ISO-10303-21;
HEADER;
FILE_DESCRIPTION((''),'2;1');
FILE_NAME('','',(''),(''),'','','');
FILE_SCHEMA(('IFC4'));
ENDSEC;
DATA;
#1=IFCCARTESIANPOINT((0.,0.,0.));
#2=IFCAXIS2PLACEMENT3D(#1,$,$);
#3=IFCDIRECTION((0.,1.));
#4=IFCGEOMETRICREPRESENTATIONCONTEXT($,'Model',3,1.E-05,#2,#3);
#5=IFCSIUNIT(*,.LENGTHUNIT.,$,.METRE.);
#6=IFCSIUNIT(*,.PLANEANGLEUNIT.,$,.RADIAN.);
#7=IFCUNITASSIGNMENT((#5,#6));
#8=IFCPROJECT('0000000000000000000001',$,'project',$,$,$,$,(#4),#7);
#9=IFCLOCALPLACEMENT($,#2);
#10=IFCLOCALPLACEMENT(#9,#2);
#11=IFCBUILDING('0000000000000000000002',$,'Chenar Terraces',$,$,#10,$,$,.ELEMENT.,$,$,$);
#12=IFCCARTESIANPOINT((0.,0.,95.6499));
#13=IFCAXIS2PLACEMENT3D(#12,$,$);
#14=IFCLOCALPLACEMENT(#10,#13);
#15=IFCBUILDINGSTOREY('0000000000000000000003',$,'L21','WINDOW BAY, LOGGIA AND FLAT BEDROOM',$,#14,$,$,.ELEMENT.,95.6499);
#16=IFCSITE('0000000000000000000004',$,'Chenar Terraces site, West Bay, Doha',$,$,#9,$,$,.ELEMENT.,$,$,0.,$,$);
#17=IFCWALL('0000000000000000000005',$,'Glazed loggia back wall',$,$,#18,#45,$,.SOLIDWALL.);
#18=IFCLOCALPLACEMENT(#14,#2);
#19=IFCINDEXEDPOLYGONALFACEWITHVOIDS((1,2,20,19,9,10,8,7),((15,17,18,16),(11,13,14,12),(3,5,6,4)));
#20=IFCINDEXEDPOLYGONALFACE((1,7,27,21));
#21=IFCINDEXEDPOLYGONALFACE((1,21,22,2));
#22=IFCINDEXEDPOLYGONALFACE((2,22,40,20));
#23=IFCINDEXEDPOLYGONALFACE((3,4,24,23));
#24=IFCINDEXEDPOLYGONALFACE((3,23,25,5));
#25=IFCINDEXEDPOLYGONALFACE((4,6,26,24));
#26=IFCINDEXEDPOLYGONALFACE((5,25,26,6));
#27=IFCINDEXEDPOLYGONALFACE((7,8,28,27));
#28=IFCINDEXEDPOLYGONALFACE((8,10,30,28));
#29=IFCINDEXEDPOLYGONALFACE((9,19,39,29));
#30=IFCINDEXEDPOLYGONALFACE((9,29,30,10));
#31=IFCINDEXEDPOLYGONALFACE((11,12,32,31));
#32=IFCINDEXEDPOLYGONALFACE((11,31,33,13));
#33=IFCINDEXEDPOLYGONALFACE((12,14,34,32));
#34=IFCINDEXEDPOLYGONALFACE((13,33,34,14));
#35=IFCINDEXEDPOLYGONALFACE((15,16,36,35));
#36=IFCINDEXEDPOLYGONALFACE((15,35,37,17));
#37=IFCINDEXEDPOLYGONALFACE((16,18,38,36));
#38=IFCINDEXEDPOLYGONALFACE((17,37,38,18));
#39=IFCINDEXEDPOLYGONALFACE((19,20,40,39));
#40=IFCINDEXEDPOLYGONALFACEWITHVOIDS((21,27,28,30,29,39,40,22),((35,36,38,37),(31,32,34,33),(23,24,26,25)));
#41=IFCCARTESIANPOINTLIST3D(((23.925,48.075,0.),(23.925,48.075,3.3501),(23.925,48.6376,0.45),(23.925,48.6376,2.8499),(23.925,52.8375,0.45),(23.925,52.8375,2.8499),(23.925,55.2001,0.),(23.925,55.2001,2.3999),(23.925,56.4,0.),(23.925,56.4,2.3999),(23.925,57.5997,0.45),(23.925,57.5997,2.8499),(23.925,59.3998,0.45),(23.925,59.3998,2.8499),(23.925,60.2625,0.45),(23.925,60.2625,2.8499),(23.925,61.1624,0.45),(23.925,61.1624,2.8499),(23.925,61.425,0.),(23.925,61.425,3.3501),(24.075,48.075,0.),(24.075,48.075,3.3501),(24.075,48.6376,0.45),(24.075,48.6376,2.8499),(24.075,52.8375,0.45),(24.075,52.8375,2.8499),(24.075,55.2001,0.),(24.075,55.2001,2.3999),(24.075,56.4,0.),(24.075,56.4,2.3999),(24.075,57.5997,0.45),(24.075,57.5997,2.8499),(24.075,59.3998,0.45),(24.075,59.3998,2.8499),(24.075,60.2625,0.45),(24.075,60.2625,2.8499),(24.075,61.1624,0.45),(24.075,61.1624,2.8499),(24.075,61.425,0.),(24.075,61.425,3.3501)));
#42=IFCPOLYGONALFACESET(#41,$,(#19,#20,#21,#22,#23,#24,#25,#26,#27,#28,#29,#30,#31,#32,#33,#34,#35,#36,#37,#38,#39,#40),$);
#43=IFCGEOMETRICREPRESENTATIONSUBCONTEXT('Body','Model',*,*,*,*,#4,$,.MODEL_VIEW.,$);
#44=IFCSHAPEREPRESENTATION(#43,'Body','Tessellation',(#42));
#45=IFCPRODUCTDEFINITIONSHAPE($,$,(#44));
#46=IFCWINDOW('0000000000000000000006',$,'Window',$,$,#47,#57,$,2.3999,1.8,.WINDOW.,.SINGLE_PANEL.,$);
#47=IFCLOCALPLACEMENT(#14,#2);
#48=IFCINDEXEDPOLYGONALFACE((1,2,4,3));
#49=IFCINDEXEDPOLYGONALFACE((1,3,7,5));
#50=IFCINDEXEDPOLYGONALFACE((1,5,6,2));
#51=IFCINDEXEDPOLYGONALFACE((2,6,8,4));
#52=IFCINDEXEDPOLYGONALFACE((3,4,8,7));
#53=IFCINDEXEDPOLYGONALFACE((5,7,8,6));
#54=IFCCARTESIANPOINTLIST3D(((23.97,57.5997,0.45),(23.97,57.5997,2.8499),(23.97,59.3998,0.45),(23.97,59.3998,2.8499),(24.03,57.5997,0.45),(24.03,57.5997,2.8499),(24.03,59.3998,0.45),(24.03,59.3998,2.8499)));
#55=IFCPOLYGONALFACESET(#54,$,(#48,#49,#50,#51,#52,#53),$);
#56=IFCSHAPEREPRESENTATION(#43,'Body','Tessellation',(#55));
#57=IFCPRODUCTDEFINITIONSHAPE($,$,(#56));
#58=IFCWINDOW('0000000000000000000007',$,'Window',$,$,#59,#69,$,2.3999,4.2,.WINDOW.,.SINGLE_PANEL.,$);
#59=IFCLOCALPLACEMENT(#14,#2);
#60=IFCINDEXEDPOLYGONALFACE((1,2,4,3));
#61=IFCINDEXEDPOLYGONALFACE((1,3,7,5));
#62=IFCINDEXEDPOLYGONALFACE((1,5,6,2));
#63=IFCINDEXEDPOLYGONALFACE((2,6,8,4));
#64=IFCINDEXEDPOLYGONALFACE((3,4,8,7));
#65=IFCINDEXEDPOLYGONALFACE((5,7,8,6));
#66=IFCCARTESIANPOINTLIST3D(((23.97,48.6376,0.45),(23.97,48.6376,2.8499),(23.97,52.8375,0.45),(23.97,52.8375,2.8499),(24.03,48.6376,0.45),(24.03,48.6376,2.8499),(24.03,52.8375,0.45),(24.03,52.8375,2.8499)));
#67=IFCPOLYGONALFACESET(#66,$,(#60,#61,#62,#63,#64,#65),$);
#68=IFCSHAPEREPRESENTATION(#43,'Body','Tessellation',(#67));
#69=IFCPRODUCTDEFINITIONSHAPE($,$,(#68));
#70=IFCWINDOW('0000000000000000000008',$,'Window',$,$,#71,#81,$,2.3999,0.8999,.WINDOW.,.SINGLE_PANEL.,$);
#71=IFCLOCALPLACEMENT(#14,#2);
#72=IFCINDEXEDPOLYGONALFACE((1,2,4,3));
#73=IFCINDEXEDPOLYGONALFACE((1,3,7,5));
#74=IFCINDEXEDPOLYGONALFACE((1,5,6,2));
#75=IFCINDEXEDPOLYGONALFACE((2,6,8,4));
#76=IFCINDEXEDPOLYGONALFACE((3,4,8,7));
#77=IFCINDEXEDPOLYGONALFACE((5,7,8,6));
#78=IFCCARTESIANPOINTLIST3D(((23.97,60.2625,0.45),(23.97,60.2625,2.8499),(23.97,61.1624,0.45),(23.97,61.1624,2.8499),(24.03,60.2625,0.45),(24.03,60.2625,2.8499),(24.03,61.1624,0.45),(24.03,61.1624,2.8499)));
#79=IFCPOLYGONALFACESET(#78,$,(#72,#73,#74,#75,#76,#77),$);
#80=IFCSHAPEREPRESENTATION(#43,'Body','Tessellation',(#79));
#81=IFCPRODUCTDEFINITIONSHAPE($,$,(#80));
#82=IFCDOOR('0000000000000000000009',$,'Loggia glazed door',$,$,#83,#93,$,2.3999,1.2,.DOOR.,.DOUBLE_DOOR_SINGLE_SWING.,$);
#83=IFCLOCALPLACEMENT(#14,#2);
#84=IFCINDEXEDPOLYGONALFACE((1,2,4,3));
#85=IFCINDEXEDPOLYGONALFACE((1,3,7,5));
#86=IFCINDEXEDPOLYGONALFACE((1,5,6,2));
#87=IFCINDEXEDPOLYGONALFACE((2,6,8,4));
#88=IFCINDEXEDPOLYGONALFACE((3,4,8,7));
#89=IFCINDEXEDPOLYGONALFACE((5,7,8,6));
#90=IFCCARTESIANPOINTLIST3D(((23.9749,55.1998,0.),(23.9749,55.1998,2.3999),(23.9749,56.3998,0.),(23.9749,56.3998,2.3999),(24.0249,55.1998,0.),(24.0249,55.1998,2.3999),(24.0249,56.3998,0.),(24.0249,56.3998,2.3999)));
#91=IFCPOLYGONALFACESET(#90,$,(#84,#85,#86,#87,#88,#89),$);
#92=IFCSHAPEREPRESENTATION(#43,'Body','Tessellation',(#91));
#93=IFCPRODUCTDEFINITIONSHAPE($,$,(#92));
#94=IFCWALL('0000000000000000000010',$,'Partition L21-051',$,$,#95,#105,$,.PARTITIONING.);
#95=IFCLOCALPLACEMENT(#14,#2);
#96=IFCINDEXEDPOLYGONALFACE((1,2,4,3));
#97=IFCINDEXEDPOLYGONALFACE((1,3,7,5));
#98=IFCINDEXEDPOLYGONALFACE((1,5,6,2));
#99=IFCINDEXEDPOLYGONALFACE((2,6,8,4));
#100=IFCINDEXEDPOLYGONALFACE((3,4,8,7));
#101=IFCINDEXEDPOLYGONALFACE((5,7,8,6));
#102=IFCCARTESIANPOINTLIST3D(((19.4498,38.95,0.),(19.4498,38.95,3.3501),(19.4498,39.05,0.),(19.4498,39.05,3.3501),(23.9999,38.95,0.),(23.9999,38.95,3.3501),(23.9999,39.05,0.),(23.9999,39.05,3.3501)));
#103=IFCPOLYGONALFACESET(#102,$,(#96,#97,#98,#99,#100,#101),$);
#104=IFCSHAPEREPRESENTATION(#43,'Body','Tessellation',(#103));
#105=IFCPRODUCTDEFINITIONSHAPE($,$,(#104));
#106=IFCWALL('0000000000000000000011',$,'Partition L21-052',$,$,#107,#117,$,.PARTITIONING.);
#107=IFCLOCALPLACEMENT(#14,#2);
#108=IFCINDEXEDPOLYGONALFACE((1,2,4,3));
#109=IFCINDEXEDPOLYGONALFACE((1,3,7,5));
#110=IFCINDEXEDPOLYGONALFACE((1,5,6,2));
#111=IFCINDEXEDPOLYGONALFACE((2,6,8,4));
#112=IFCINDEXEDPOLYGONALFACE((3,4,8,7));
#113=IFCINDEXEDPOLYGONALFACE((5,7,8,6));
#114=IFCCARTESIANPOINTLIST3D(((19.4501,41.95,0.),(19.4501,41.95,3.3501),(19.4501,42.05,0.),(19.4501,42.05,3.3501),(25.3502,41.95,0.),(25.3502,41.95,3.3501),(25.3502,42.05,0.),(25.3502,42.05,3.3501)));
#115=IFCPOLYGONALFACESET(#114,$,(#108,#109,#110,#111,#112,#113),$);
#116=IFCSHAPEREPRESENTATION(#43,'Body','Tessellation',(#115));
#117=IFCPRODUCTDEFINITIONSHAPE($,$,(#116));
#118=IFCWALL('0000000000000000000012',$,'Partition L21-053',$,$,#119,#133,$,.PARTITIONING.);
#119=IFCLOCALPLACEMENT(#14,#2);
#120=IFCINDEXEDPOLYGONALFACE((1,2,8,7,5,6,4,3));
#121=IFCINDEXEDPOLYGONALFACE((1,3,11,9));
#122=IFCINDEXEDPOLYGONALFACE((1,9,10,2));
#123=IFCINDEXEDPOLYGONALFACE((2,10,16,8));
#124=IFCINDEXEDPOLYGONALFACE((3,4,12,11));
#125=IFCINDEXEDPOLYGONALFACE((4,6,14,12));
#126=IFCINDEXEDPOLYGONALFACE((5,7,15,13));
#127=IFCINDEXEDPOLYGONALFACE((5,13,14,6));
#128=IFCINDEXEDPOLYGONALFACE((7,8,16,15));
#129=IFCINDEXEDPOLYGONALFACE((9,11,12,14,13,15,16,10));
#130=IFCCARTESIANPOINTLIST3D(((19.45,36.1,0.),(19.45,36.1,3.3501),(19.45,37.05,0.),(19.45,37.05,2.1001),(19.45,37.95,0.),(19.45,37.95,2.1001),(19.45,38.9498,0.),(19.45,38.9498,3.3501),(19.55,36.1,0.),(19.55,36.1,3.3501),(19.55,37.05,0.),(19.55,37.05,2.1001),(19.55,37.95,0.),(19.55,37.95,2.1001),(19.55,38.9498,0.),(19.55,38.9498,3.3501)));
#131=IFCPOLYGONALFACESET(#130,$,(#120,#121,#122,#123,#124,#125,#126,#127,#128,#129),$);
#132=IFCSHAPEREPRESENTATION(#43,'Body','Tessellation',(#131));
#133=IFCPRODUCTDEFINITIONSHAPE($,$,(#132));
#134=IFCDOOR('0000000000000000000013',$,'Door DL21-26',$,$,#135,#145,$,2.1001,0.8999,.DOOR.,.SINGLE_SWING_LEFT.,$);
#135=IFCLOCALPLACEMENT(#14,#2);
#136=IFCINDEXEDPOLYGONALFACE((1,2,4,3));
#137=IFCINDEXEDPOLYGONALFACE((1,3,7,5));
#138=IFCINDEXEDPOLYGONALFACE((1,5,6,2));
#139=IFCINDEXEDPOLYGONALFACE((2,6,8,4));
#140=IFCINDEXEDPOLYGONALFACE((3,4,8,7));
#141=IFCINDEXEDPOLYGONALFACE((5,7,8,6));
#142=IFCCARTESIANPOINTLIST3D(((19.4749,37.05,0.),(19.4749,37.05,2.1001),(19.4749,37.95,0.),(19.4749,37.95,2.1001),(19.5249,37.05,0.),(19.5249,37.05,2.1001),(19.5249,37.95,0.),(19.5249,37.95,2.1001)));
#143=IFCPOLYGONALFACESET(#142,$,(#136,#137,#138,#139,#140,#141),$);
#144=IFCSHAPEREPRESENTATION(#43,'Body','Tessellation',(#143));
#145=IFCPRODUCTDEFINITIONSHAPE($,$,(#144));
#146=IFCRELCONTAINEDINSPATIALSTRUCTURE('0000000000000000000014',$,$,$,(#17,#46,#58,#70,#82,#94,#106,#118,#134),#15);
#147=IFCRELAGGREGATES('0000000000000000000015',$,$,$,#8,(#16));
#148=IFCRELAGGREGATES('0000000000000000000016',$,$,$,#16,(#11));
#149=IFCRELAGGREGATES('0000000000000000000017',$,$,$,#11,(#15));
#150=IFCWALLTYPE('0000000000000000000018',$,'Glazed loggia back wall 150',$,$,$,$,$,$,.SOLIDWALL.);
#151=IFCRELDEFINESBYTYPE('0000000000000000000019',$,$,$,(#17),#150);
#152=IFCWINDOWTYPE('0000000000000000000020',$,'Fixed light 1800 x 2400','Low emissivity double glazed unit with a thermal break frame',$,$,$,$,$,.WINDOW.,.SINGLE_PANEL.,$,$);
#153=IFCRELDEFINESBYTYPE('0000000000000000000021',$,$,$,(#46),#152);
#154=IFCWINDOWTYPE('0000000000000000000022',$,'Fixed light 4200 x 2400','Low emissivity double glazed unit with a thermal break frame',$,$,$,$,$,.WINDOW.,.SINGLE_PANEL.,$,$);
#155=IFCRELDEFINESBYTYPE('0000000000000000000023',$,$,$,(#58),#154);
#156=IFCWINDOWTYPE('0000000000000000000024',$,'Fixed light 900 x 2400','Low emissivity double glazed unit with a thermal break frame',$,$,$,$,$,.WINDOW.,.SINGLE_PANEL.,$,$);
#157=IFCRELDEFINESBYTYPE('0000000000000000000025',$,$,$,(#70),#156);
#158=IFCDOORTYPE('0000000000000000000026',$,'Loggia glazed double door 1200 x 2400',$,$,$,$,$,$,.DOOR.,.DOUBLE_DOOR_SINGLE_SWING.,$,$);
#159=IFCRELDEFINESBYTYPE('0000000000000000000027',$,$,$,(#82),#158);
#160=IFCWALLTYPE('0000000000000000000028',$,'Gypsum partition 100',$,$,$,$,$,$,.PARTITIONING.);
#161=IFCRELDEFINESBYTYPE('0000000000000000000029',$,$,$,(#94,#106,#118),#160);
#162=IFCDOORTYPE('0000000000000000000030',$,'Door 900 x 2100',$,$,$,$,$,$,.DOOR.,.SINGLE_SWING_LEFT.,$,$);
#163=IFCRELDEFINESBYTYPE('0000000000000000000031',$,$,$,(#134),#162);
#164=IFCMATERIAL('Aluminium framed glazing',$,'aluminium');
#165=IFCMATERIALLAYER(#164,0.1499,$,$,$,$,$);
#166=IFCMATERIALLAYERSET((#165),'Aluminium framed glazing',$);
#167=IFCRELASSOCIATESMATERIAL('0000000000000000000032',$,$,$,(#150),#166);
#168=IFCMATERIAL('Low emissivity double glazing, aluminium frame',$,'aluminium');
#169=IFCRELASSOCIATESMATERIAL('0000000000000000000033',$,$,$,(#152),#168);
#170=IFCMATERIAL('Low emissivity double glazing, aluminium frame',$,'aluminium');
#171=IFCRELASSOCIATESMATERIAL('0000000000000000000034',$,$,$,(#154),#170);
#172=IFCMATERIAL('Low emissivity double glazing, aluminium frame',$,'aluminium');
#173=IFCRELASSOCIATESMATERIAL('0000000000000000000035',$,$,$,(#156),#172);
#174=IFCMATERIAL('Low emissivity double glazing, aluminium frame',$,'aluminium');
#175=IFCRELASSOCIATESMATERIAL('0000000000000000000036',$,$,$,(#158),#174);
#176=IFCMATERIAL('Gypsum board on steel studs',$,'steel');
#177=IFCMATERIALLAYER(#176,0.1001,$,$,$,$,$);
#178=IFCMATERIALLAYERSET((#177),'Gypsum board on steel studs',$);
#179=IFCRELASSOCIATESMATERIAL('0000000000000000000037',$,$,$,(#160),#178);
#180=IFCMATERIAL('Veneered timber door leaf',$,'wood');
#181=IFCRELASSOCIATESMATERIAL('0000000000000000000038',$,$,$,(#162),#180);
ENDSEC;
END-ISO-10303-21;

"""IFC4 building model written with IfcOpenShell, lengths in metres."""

from ifc_helpers import new_model, si_unit, direction, frame, frame_2d, origin, place, context, subcontext, project, spatial, rectangle, extrude, material, layer, layer_set, type_object, element, fill, save


model = new_model("IFC4")

# Units and contexts
model_context = context("Model", 3, precision=1e-05, world=origin(), true_north=direction((0.0, 1.0)))
body_context = subcontext(model_context, "Body", "Model", "MODEL_VIEW")
ifc_project = project(units=[si_unit("LENGTHUNIT", "METRE"), si_unit("PLANEANGLEUNIT", "RADIAN")], contexts=[model_context])

# Site, building, storey
site_placement = place(None, origin())
site = spatial("IfcSite", under=ifc_project, at=site_placement, Name="Chenar Terraces site, West Bay, Doha", CompositionType="ELEMENT", RefElevation=0.0)
building_placement = place(site_placement, origin())
building = spatial("IfcBuilding", under=site, at=building_placement, Name="Chenar Terraces", CompositionType="ELEMENT")
storey_placement = place(building_placement, frame((0.0, 0.0, 95.6499)))
storey = spatial("IfcBuildingStorey", under=building, at=storey_placement, Name="L21", Description="WINDOW BAY, LOGGIA AND FLAT BEDROOM", CompositionType="ELEMENT", Elevation=95.6499)

# Wall, openings, windows, door
ifc_material_1 = material(Name="Aluminium framed glazing", Category="aluminium")
ifc_layer_1 = layer(ifc_material_1, 0.1499)
ifc_layer_set_1 = layer_set([ifc_layer_1], Name="Aluminium framed glazing")
wall_type_1 = type_object("IfcWallType", Name="Glazed loggia back wall 150", PredefinedType="SOLIDWALL", material=ifc_layer_set_1)
wall_1_placement = place(storey_placement, frame((24.0, 48.075, 0.0), z_axis=(0.0, 0.0, 1.0), x_axis=(0.0, 1.0, 0.0)))
wall_1 = element("IfcWall", 1, at=wall_1_placement, inside=storey, type_object=wall_type_1, Name="Glazed loggia back wall", PredefinedType="SOLIDWALL", context=body_context, shape_type="SweptSolid", body=[
    extrude(rectangle(XDim=13.3501, YDim=0.1499, at=frame_2d((6.675, 0.0))), origin(), (0.0, 0.0, 1.0), 3.3501),
])
opening_1_placement = place(wall_1_placement, frame((0.5625, 0.0, 0.45)))
opening_1 = element("IfcOpeningElement", 2, at=opening_1_placement, cuts=wall_1, PredefinedType="OPENING", context=body_context, shape_type="SweptSolid", body=[
    extrude(rectangle(XDim=4.2, YDim=2.3999, at=frame_2d((2.1001, 1.2))), frame((0.0, 0.085, 0.0), z_axis=(0.0, -1.0, 0.0), x_axis=(1.0, 0.0, 0.0)), (0.0, 0.0, 1.0), 0.1699),
])
opening_2_placement = place(wall_1_placement, frame((7.125, 0.0, 0.0)))
opening_2 = element("IfcOpeningElement", 3, at=opening_2_placement, cuts=wall_1, PredefinedType="OPENING", context=body_context, shape_type="SweptSolid", body=[
    extrude(rectangle(XDim=1.2, YDim=2.3999, at=frame_2d((0.6001, 1.2))), frame((0.0, 0.085, 0.0), z_axis=(0.0, -1.0, 0.0), x_axis=(1.0, 0.0, 0.0)), (0.0, 0.0, 1.0), 0.1699),
])
opening_3_placement = place(wall_1_placement, frame((9.5249, 0.0, 0.45)))
opening_3 = element("IfcOpeningElement", 4, at=opening_3_placement, cuts=wall_1, PredefinedType="OPENING", context=body_context, shape_type="SweptSolid", body=[
    extrude(rectangle(XDim=1.8, YDim=2.3999, at=frame_2d((0.8999, 1.2))), frame((0.0, 0.085, 0.0), z_axis=(0.0, -1.0, 0.0), x_axis=(1.0, 0.0, 0.0)), (0.0, 0.0, 1.0), 0.1699),
])
opening_4_placement = place(wall_1_placement, frame((12.1875, 0.0, 0.45)))
opening_4 = element("IfcOpeningElement", 5, at=opening_4_placement, cuts=wall_1, PredefinedType="OPENING", context=body_context, shape_type="SweptSolid", body=[
    extrude(rectangle(XDim=0.8999, YDim=2.3999, at=frame_2d((0.45, 1.2))), frame((0.0, 0.085, 0.0), z_axis=(0.0, -1.0, 0.0), x_axis=(1.0, 0.0, 0.0)), (0.0, 0.0, 1.0), 0.1699),
])
ifc_material_2 = material(Name="Low emissivity double glazing, aluminium frame", Category="aluminium")
window_type_1 = type_object("IfcWindowType", Name="Fixed light 1800 x 2400", Description="Low emissivity double glazed unit with a thermal break frame", PartitioningType="SINGLE_PANEL", PredefinedType="WINDOW", material=ifc_material_2)
window_1_placement = place(opening_3_placement, origin())
window_1 = element("IfcWindow", 6, at=window_1_placement, inside=storey, type_object=window_type_1, Name="Window", OverallHeight=2.3999, OverallWidth=1.8, PartitioningType="SINGLE_PANEL", PredefinedType="WINDOW", context=body_context, shape_type="SweptSolid", body=[
    extrude(rectangle(XDim=1.8, YDim=2.3999, at=frame_2d((0.8999, 1.2))), frame((0.0, 0.03, 0.0), z_axis=(0.0, -1.0, 0.0), x_axis=(1.0, 0.0, 0.0)), (0.0, 0.0, 1.0), 0.0601),
])
fill(opening_3, window_1)
ifc_material_3 = material(Name="Low emissivity double glazing, aluminium frame", Category="aluminium")
window_type_2 = type_object("IfcWindowType", Name="Fixed light 4200 x 2400", Description="Low emissivity double glazed unit with a thermal break frame", PartitioningType="SINGLE_PANEL", PredefinedType="WINDOW", material=ifc_material_3)
window_2_placement = place(opening_1_placement, origin())
window_2 = element("IfcWindow", 7, at=window_2_placement, inside=storey, type_object=window_type_2, Name="Window", OverallHeight=2.3999, OverallWidth=4.2, PartitioningType="SINGLE_PANEL", PredefinedType="WINDOW", context=body_context, shape_type="SweptSolid", body=[
    extrude(rectangle(XDim=4.2, YDim=2.3999, at=frame_2d((2.1001, 1.2))), frame((0.0, 0.03, 0.0), z_axis=(0.0, -1.0, 0.0), x_axis=(1.0, 0.0, 0.0)), (0.0, 0.0, 1.0), 0.0601),
])
fill(opening_1, window_2)
ifc_material_4 = material(Name="Low emissivity double glazing, aluminium frame", Category="aluminium")
window_type_3 = type_object("IfcWindowType", Name="Fixed light 900 x 2400", Description="Low emissivity double glazed unit with a thermal break frame", PartitioningType="SINGLE_PANEL", PredefinedType="WINDOW", material=ifc_material_4)
window_3_placement = place(opening_4_placement, origin())
window_3 = element("IfcWindow", 8, at=window_3_placement, inside=storey, type_object=window_type_3, Name="Window", OverallHeight=2.3999, OverallWidth=0.8999, PartitioningType="SINGLE_PANEL", PredefinedType="WINDOW", context=body_context, shape_type="SweptSolid", body=[
    extrude(rectangle(XDim=0.8999, YDim=2.3999, at=frame_2d((0.45, 1.2))), frame((0.0, 0.03, 0.0), z_axis=(0.0, -1.0, 0.0), x_axis=(1.0, 0.0, 0.0)), (0.0, 0.0, 1.0), 0.0601),
])
fill(opening_4, window_3)
ifc_material_5 = material(Name="Low emissivity double glazing, aluminium frame", Category="aluminium")
door_type_1 = type_object("IfcDoorType", Name="Loggia glazed double door 1200 x 2400", OperationType="DOUBLE_DOOR_SINGLE_SWING", PredefinedType="DOOR", material=ifc_material_5)
door_1_placement = place(opening_2_placement, frame((1.2, 0.0, 0.0), z_axis=(0.0, 0.0, 1.0), x_axis=(-1.0, 0.0, 0.0)))
door_1 = element("IfcDoor", 9, at=door_1_placement, inside=storey, type_object=door_type_1, Name="Loggia glazed door", OperationType="DOUBLE_DOOR_SINGLE_SWING", OverallHeight=2.3999, OverallWidth=1.2, PredefinedType="DOOR", context=body_context, shape_type="SweptSolid", body=[
    extrude(rectangle(XDim=1.2, YDim=2.3999, at=frame_2d((0.6001, 1.2))), frame((0.0, 0.0249, 0.0), z_axis=(0.0, -1.0, 0.0), x_axis=(1.0, 0.0, 0.0)), (0.0, 0.0, 1.0), 0.05),
])
fill(opening_2, door_1)

# Walls
ifc_material_6 = material(Name="Gypsum board on steel studs", Category="steel")
ifc_layer_2 = layer(ifc_material_6, 0.1001)
ifc_layer_set_2 = layer_set([ifc_layer_2], Name="Gypsum board on steel studs")
wall_type_2 = type_object("IfcWallType", Name="Gypsum partition 100", PredefinedType="PARTITIONING", material=ifc_layer_set_2)
wall_2_placement = place(storey_placement, frame((19.45, 39.0, 0.0), z_axis=(0.0, 0.0, 1.0), x_axis=(1.0, 0.0, 0.0)))
element("IfcWall", 10, at=wall_2_placement, inside=storey, type_object=wall_type_2, Name="Partition L21-051", PredefinedType="PARTITIONING", context=body_context, shape_type="SweptSolid", body=[
    extrude(rectangle(XDim=4.55, YDim=0.1001, at=frame_2d((2.2749, 0.0))), origin(), (0.0, 0.0, 1.0), 3.3501),
])
wall_3_placement = place(storey_placement, frame((19.45, 42.0, 0.0), z_axis=(0.0, 0.0, 1.0), x_axis=(1.0, 0.0, 0.0)))
element("IfcWall", 11, at=wall_3_placement, inside=storey, type_object=wall_type_2, Name="Partition L21-052", PredefinedType="PARTITIONING", context=body_context, shape_type="SweptSolid", body=[
    extrude(rectangle(XDim=5.9001, YDim=0.1001, at=frame_2d((2.9502, 0.0))), origin(), (0.0, 0.0, 1.0), 3.3501),
])

# Wall, opening, door
wall_4_placement = place(storey_placement, frame((19.5, 36.1001, 0.0), z_axis=(0.0, 0.0, 1.0), x_axis=(0.0, 1.0, 0.0)))
wall_4 = element("IfcWall", 12, at=wall_4_placement, inside=storey, type_object=wall_type_2, Name="Partition L21-053", PredefinedType="PARTITIONING", context=body_context, shape_type="SweptSolid", body=[
    extrude(rectangle(XDim=2.8499, YDim=0.1001, at=frame_2d((1.4248, 0.0))), origin(), (0.0, 0.0, 1.0), 3.3501),
])
opening_5_placement = place(wall_4_placement, frame((0.95, 0.0, 0.0)))
opening_5 = element("IfcOpeningElement", 13, at=opening_5_placement, cuts=wall_4, PredefinedType="OPENING", context=body_context, shape_type="SweptSolid", body=[
    extrude(rectangle(XDim=0.8999, YDim=2.1001, at=frame_2d((0.45, 1.05))), frame((0.0, 0.0601, 0.0), z_axis=(0.0, -1.0, 0.0), x_axis=(1.0, 0.0, 0.0)), (0.0, 0.0, 1.0), 0.1201),
])
ifc_material_7 = material(Name="Veneered timber door leaf", Category="wood")
door_type_2 = type_object("IfcDoorType", Name="Door 900 x 2100", OperationType="SINGLE_SWING_LEFT", PredefinedType="DOOR", material=ifc_material_7)
door_2_placement = place(opening_5_placement, frame((0.8999, 0.0, 0.0), z_axis=(0.0, 0.0, 1.0), x_axis=(-1.0, 0.0, 0.0)))
door_2 = element("IfcDoor", 14, at=door_2_placement, inside=storey, type_object=door_type_2, Name="Door DL21-26", OperationType="SINGLE_SWING_LEFT", OverallHeight=2.1001, OverallWidth=0.8999, PredefinedType="DOOR", context=body_context, shape_type="SweptSolid", body=[
    extrude(rectangle(XDim=0.8999, YDim=2.1001, at=frame_2d((0.45, 1.05))), frame((0.0, 0.0249, 0.0), z_axis=(0.0, -1.0, 0.0), x_axis=(1.0, 0.0, 0.0)), (0.0, 0.0, 1.0), 0.05),
])
fill(opening_5, door_2)

save(model, "model.ifc")
